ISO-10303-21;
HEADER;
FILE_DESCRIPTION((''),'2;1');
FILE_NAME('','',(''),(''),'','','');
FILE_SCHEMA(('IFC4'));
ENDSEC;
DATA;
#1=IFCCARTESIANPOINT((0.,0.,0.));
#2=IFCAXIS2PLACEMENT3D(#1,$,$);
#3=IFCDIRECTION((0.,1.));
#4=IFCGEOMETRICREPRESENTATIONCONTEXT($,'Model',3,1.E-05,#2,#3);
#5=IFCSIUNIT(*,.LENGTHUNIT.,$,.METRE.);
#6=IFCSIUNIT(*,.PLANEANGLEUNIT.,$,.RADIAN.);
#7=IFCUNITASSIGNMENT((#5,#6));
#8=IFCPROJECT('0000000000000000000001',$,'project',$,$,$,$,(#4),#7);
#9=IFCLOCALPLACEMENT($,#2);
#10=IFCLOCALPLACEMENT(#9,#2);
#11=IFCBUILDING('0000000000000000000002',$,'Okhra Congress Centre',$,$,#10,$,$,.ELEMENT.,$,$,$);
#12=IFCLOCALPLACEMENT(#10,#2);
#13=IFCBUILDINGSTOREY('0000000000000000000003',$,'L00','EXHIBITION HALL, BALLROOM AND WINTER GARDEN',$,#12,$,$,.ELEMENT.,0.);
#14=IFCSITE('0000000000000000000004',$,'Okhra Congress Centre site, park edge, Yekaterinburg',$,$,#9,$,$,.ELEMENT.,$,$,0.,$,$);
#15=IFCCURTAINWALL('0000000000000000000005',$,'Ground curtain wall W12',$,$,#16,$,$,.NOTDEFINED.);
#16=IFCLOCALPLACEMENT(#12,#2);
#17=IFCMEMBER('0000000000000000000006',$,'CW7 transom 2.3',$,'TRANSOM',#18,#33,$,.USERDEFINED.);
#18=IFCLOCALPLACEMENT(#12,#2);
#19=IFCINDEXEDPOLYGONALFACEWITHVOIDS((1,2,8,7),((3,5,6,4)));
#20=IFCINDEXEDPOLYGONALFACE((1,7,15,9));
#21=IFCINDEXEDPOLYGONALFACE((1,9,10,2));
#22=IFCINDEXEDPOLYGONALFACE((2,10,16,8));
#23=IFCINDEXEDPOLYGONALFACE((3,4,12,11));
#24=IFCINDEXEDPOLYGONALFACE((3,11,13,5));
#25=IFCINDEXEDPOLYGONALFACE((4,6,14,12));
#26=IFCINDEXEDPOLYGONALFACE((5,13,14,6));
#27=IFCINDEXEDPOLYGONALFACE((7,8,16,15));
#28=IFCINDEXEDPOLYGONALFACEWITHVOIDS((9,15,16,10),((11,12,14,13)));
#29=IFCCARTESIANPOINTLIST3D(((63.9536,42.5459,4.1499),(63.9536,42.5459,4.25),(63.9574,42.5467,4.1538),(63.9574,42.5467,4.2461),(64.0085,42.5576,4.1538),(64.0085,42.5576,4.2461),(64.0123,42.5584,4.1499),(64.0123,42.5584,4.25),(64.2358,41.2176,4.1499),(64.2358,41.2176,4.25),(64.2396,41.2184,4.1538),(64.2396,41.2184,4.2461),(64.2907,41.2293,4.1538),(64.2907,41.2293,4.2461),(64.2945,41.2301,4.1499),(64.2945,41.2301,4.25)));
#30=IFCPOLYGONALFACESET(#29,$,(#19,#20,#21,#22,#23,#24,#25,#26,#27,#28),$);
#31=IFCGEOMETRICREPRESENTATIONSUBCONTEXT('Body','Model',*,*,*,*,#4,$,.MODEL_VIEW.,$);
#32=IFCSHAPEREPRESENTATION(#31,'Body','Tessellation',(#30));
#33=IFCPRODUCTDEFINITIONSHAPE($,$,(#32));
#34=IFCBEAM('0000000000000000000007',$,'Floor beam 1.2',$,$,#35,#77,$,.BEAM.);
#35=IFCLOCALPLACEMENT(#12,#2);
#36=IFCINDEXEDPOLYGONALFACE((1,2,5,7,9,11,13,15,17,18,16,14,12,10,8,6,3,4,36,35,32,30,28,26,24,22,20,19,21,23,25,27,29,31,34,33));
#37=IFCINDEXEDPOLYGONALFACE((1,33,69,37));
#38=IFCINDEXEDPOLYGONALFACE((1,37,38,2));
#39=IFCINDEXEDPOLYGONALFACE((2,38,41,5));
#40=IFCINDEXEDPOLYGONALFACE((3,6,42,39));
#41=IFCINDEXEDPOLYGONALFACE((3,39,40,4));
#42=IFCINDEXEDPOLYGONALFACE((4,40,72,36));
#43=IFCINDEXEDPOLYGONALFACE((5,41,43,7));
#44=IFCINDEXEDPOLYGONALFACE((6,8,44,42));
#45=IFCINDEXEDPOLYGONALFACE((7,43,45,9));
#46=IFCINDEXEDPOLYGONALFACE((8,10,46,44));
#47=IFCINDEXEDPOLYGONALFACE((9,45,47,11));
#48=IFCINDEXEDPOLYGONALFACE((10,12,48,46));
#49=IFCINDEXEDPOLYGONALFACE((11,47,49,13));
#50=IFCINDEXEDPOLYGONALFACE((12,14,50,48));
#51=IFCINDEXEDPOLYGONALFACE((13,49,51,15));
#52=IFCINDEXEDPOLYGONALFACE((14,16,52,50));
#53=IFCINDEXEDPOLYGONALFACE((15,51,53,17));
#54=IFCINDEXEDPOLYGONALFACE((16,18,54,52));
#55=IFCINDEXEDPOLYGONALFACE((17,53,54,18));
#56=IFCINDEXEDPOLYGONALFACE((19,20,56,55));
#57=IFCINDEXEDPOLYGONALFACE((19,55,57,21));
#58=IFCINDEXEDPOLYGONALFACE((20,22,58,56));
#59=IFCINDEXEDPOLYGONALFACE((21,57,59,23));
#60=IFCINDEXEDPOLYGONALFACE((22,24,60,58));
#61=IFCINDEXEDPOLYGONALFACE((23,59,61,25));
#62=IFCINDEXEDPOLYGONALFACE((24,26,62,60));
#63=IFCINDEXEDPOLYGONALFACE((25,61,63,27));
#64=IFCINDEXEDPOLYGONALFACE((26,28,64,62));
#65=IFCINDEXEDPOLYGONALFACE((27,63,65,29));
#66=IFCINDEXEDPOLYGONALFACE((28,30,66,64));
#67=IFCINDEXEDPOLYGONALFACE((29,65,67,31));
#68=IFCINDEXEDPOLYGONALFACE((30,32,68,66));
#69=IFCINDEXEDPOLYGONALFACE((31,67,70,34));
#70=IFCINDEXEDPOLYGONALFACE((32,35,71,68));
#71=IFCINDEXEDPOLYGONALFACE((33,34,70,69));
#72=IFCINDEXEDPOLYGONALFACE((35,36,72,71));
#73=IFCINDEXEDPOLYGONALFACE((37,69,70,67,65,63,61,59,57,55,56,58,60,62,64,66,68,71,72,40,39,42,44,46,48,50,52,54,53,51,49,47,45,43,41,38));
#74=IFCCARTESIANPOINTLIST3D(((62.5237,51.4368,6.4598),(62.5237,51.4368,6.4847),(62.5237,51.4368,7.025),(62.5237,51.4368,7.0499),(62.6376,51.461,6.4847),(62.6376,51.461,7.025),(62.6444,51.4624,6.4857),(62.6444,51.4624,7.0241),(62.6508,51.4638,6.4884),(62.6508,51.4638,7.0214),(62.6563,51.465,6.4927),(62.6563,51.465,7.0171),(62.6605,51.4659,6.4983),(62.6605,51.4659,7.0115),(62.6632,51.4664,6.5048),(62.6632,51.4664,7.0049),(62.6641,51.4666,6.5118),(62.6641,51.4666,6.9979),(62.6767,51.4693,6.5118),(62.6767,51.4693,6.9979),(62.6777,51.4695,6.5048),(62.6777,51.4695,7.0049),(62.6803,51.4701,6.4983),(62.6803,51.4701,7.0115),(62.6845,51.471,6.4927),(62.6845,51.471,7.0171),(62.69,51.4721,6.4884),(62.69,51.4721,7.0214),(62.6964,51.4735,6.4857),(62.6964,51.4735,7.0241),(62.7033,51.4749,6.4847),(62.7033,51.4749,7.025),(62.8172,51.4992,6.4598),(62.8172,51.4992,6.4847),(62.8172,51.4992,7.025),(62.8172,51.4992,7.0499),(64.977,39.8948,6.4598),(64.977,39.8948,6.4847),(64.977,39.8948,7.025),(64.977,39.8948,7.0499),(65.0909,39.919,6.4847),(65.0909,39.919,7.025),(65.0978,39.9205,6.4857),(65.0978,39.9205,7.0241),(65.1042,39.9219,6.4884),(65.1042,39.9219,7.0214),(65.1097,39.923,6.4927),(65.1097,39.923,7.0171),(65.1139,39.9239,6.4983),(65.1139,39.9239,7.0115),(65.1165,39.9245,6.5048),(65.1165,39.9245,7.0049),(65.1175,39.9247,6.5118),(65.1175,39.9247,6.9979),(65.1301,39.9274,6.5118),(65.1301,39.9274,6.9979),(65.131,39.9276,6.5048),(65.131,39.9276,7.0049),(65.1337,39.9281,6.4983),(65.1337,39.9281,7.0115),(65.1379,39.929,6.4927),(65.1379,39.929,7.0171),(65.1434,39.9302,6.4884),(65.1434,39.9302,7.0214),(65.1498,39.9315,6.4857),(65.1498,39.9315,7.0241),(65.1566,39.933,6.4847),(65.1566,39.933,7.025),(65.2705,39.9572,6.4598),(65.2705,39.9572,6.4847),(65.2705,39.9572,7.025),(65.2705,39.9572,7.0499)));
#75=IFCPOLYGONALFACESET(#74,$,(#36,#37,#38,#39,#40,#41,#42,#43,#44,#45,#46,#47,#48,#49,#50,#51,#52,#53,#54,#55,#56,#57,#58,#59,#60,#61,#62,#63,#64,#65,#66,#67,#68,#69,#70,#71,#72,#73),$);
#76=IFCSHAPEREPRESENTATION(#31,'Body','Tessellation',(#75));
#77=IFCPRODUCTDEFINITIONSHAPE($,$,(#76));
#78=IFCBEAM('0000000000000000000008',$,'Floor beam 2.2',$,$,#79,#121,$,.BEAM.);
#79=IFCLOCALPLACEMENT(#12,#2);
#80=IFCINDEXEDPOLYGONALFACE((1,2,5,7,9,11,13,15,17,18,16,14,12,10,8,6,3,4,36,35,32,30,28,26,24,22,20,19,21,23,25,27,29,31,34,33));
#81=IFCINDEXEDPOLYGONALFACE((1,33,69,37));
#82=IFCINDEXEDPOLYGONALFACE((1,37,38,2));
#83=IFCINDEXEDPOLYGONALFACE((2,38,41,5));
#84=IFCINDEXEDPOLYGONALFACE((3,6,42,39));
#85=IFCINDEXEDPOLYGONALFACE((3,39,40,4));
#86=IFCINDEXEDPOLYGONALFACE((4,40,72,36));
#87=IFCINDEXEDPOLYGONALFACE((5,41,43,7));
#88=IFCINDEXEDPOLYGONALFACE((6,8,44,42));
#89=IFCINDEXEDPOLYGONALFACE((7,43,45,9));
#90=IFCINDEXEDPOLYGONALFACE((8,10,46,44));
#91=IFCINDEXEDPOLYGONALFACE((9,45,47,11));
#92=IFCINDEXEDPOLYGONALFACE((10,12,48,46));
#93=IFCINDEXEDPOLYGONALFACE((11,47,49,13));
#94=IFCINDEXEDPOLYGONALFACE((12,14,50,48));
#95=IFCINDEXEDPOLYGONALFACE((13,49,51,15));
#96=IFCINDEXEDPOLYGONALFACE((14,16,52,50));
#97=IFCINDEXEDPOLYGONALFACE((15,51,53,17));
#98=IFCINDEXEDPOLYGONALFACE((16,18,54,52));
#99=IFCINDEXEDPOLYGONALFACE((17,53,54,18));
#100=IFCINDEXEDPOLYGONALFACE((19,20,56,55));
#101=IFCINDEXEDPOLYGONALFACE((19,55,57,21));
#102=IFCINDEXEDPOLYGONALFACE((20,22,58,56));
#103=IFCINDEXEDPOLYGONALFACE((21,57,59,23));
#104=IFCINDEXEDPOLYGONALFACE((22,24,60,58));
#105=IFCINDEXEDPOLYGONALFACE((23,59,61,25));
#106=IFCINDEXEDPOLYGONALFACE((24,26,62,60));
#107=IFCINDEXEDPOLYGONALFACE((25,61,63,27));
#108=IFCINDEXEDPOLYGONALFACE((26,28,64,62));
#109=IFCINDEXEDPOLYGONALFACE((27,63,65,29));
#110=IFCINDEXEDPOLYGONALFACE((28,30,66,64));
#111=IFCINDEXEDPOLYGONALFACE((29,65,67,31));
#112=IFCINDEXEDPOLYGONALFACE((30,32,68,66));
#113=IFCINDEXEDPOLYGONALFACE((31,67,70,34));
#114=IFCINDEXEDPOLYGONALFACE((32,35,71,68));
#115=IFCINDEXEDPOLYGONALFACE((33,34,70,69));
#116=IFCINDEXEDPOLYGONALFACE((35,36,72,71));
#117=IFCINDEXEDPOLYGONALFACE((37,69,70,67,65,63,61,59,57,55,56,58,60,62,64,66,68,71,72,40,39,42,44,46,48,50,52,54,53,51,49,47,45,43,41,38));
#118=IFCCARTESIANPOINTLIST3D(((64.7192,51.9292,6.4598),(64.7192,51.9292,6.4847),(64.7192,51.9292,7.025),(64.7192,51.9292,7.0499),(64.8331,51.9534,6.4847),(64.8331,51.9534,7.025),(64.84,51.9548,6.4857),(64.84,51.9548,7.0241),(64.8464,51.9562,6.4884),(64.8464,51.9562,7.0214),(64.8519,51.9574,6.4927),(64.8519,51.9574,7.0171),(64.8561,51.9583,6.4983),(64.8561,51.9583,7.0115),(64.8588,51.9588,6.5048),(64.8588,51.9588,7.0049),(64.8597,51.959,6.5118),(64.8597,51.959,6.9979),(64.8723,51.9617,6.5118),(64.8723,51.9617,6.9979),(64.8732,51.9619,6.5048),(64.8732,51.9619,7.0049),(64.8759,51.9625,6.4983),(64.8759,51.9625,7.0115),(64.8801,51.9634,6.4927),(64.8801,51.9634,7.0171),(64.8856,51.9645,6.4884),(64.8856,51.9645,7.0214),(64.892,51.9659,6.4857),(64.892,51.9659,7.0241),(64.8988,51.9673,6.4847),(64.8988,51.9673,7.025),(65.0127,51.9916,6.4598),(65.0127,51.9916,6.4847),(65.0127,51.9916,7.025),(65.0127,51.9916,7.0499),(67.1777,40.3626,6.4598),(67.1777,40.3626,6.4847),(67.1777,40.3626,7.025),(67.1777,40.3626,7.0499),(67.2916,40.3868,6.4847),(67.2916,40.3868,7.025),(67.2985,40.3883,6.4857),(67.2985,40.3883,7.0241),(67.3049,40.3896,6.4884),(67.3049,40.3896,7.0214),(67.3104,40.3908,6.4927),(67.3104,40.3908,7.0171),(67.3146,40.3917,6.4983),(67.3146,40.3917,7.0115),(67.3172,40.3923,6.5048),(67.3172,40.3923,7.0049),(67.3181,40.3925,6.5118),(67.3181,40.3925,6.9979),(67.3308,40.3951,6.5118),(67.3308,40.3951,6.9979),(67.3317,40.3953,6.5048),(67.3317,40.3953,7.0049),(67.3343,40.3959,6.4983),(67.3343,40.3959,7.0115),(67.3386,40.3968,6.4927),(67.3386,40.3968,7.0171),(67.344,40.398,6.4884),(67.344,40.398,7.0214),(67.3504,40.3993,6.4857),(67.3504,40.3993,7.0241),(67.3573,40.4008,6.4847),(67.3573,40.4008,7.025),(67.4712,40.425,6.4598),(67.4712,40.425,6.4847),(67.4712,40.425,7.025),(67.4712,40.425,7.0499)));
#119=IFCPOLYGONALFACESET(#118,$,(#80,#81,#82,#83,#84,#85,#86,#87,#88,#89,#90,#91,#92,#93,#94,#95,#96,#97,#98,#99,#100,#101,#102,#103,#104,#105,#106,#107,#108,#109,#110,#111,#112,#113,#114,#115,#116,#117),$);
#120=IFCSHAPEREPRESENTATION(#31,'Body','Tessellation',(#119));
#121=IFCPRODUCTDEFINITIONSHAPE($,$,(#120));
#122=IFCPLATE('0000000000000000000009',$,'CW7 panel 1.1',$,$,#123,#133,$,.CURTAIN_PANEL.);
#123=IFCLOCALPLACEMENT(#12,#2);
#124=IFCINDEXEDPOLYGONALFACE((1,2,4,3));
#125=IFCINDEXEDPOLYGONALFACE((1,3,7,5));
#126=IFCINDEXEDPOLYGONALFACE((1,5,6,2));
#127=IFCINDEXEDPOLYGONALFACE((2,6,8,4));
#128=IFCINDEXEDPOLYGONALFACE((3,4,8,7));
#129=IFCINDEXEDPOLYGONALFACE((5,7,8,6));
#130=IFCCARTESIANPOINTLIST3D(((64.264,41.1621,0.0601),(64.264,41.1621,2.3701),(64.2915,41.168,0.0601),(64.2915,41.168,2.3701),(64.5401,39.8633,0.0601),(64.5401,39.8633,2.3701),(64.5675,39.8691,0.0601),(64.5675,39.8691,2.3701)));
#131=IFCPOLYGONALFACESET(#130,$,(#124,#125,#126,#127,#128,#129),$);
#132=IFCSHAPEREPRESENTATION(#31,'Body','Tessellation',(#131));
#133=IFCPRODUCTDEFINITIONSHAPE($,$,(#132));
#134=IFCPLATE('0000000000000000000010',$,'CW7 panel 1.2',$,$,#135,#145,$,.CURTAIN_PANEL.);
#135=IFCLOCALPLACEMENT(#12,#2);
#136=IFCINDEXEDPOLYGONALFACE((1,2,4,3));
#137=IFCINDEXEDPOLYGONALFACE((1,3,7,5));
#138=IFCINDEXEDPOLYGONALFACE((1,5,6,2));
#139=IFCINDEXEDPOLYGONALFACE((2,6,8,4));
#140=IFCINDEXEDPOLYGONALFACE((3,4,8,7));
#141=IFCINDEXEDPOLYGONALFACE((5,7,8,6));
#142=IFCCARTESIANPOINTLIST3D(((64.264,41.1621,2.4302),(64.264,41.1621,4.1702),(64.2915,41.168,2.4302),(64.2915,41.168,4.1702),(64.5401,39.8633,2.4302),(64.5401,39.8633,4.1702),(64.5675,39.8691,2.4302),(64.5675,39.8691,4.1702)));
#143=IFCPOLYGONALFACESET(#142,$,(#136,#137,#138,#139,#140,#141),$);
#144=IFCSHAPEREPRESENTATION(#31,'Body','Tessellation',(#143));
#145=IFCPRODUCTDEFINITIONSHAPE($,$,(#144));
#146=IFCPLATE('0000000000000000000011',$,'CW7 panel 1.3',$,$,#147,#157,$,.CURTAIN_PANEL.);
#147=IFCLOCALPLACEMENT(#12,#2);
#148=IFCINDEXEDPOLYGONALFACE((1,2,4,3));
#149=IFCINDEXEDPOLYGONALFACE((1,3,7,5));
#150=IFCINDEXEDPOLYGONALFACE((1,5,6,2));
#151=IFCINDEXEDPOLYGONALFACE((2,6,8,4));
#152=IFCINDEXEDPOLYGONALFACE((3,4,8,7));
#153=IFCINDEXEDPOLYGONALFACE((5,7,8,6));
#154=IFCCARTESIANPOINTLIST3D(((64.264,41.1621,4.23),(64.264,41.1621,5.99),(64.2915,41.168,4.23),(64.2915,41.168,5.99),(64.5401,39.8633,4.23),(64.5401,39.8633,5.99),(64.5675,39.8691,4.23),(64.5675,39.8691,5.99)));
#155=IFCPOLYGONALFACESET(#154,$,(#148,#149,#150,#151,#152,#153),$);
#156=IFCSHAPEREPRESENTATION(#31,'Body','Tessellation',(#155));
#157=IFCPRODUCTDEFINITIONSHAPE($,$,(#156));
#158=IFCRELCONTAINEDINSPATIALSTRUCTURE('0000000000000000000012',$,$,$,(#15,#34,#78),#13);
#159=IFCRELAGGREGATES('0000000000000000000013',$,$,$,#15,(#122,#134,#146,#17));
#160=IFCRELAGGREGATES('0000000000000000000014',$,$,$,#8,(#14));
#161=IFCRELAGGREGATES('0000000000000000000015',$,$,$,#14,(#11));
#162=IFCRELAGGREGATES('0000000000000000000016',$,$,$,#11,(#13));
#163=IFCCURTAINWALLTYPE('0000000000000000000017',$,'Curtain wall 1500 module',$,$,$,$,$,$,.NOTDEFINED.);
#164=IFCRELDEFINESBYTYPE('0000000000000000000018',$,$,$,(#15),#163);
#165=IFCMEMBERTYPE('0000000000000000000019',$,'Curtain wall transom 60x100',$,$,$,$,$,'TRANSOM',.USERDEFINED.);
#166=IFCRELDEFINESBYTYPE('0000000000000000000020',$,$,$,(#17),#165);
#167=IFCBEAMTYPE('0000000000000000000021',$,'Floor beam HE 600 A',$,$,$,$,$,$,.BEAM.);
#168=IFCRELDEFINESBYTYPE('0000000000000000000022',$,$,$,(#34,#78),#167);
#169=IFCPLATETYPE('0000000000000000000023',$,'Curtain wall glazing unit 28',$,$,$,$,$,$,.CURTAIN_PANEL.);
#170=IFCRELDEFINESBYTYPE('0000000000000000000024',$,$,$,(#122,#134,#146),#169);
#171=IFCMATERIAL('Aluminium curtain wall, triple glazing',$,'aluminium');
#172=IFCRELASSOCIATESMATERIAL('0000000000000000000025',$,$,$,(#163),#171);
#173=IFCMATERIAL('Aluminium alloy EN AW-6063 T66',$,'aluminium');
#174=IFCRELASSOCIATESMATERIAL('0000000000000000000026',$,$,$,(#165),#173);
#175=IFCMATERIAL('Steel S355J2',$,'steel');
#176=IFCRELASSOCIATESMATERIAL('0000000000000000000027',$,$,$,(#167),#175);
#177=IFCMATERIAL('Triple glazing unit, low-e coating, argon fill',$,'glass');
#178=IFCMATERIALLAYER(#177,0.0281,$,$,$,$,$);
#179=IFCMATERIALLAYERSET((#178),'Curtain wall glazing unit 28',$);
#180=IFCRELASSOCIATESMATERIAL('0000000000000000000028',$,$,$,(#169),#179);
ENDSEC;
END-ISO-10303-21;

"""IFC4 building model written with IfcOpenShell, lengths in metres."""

from ifc_helpers import new_model, si_unit, direction, frame, origin, origin_2d, place, context, subcontext, project, spatial, rectangle, hollow_rectangle, i_section, extrude, material, layer, layer_set, material_profile, profile_set, type_object, element, aggregate, save


model = new_model("IFC4")

# Units and contexts
model_context = context("Model", 3, precision=1e-05, world=origin(), true_north=direction((0.0, 1.0)))
body_context = subcontext(model_context, "Body", "Model", "MODEL_VIEW")
ifc_project = project(units=[si_unit("LENGTHUNIT", "METRE"), si_unit("PLANEANGLEUNIT", "RADIAN")], contexts=[model_context])

# Site, building, storey
site_placement = place(None, origin())
site = spatial("IfcSite", under=ifc_project, at=site_placement, Name="Okhra Congress Centre site, park edge, Yekaterinburg", CompositionType="ELEMENT", RefElevation=0.0)
building_placement = place(site_placement, origin())
building = spatial("IfcBuilding", under=site, at=building_placement, Name="Okhra Congress Centre", CompositionType="ELEMENT")
storey_placement = place(building_placement, origin())
storey = spatial("IfcBuildingStorey", under=building, at=storey_placement, Name="L00", Description="EXHIBITION HALL, BALLROOM AND WINTER GARDEN", CompositionType="ELEMENT", Elevation=0.0)

# Curtain wall, member
ifc_material_1 = material(Name="Aluminium curtain wall, triple glazing", Category="aluminium")
curtain_wall_type = type_object("IfcCurtainWallType", Name="Curtain wall 1500 module", PredefinedType="NOTDEFINED", material=ifc_material_1)
curtain_wall_placement = place(storey_placement, origin())
curtain_wall = element("IfcCurtainWall", 1, at=curtain_wall_placement, inside=storey, type_object=curtain_wall_type, Name="Ground curtain wall W12", PredefinedType="NOTDEFINED")
ifc_material_2 = material(Name="Aluminium alloy EN AW-6063 T66", Category="aluminium")
ifc_material_profile_1 = material_profile(ifc_material_2, hollow_rectangle(XDim=0.0601, YDim=0.1001, WallThickness=0.0039, at=origin_2d()), Name="RHS 60x100x4")
ifc_profile_set_1 = profile_set([ifc_material_profile_1], Name="Aluminium alloy EN AW-6063 T66")
member_type_1 = type_object("IfcMemberType", Name="Curtain wall transom 60x100", ElementType="TRANSOM", PredefinedType="USERDEFINED", material=ifc_profile_set_1)
member_1_placement = place(storey_placement, frame((64.2651, 41.2239, 4.2), z_axis=(-0.207822, 0.978167, 0.0), x_axis=(-0.978167, -0.207822, 0.0)))
member_1 = element("IfcMember", 2, at=member_1_placement, type_object=member_type_1, Name="CW7 transom 2.3", ObjectType="TRANSOM", PredefinedType="USERDEFINED", context=body_context, shape_type="SweptSolid", body=[
    extrude(hollow_rectangle(XDim=0.0601, YDim=0.1001, WallThickness=0.0039, at=origin_2d()), origin(), (0.0, 0.0, 1.0), 1.3579),
])

# Beams
ifc_material_3 = material(Name="Steel S355J2", Category="steel")
ifc_material_profile_2 = material_profile(ifc_material_3, i_section(OverallWidth=0.3, OverallDepth=0.5901, WebThickness=0.0129, FlangeThickness=0.0249, FilletRadius=0.0271, at=origin_2d()), Name="HE 600 A")
ifc_profile_set_2 = profile_set([ifc_material_profile_2], Name="Steel S355J2")
beam_type = type_object("IfcBeamType", Name="Floor beam HE 600 A", PredefinedType="BEAM", material=ifc_profile_set_2)
beam_1_placement = place(storey_placement, frame((65.1238, 39.926, 6.7549), z_axis=(-0.207915, 0.978147, 0.0), x_axis=(-0.978147, -0.207915, 0.0)))
element("IfcBeam", 3, at=beam_1_placement, inside=storey, type_object=beam_type, Name="Floor beam 1.2", PredefinedType="BEAM", context=body_context, shape_type="SweptSolid", body=[
    extrude(i_section(OverallWidth=0.3, OverallDepth=0.5901, WebThickness=0.0129, FlangeThickness=0.0249, FilletRadius=0.0271, at=origin_2d()), origin(), (0.0, 0.0, 1.0), 11.7998),
])
beam_2_placement = place(storey_placement, frame((67.3245, 40.3938, 6.7549), z_axis=(-0.207906, 0.978149, 0.0), x_axis=(-0.978149, -0.207906, 0.0)))
element("IfcBeam", 4, at=beam_2_placement, inside=storey, type_object=beam_type, Name="Floor beam 2.2", PredefinedType="BEAM", context=body_context, shape_type="SweptSolid", body=[
    extrude(i_section(OverallWidth=0.3, OverallDepth=0.5901, WebThickness=0.0129, FlangeThickness=0.0249, FilletRadius=0.0271, at=origin_2d()), origin(), (0.0, 0.0, 1.0), 11.825),
])

# Plates
ifc_material_4 = material(Name="Triple glazing unit, low-e coating, argon fill", Category="glass")
ifc_layer_1 = layer(ifc_material_4, 0.0281)
ifc_layer_set_1 = layer_set([ifc_layer_1], Name="Curtain wall glazing unit 28")
plate_type = type_object("IfcPlateType", Name="Curtain wall glazing unit 28", PredefinedType="CURTAIN_PANEL", material=ifc_layer_set_1)
plate_1_placement = place(storey_placement, frame((64.4158, 40.5156, 0.0601), z_axis=(0.0, 0.0, 1.0), x_axis=(-0.207912, 0.978148, 0.0)))
plate_1 = element("IfcPlate", 5, at=plate_1_placement, type_object=plate_type, Name="CW7 panel 1.1", PredefinedType="CURTAIN_PANEL", context=body_context, shape_type="SweptSolid", body=[
    extrude(rectangle(XDim=1.3279, YDim=0.0281, at=origin_2d()), origin(), (0.0, 0.0, 1.0), 2.3101),
])
plate_2_placement = place(storey_placement, frame((64.4158, 40.5156, 2.4302), z_axis=(0.0, 0.0, 1.0), x_axis=(-0.207912, 0.978148, 0.0)))
plate_2 = element("IfcPlate", 6, at=plate_2_placement, type_object=plate_type, Name="CW7 panel 1.2", PredefinedType="CURTAIN_PANEL", context=body_context, shape_type="SweptSolid", body=[
    extrude(rectangle(XDim=1.3279, YDim=0.0281, at=origin_2d()), origin(), (0.0, 0.0, 1.0), 1.74),
])
plate_3_placement = place(storey_placement, frame((64.4158, 40.5156, 4.23), z_axis=(0.0, 0.0, 1.0), x_axis=(-0.207912, 0.978148, 0.0)))
plate_3 = element("IfcPlate", 7, at=plate_3_placement, type_object=plate_type, Name="CW7 panel 1.3", PredefinedType="CURTAIN_PANEL", context=body_context, shape_type="SweptSolid", body=[
    extrude(rectangle(XDim=1.3279, YDim=0.0281, at=origin_2d()), origin(), (0.0, 0.0, 1.0), 1.76),
])
aggregate(curtain_wall, [plate_1, plate_2, plate_3, member_1])

save(model, "model.ifc")
